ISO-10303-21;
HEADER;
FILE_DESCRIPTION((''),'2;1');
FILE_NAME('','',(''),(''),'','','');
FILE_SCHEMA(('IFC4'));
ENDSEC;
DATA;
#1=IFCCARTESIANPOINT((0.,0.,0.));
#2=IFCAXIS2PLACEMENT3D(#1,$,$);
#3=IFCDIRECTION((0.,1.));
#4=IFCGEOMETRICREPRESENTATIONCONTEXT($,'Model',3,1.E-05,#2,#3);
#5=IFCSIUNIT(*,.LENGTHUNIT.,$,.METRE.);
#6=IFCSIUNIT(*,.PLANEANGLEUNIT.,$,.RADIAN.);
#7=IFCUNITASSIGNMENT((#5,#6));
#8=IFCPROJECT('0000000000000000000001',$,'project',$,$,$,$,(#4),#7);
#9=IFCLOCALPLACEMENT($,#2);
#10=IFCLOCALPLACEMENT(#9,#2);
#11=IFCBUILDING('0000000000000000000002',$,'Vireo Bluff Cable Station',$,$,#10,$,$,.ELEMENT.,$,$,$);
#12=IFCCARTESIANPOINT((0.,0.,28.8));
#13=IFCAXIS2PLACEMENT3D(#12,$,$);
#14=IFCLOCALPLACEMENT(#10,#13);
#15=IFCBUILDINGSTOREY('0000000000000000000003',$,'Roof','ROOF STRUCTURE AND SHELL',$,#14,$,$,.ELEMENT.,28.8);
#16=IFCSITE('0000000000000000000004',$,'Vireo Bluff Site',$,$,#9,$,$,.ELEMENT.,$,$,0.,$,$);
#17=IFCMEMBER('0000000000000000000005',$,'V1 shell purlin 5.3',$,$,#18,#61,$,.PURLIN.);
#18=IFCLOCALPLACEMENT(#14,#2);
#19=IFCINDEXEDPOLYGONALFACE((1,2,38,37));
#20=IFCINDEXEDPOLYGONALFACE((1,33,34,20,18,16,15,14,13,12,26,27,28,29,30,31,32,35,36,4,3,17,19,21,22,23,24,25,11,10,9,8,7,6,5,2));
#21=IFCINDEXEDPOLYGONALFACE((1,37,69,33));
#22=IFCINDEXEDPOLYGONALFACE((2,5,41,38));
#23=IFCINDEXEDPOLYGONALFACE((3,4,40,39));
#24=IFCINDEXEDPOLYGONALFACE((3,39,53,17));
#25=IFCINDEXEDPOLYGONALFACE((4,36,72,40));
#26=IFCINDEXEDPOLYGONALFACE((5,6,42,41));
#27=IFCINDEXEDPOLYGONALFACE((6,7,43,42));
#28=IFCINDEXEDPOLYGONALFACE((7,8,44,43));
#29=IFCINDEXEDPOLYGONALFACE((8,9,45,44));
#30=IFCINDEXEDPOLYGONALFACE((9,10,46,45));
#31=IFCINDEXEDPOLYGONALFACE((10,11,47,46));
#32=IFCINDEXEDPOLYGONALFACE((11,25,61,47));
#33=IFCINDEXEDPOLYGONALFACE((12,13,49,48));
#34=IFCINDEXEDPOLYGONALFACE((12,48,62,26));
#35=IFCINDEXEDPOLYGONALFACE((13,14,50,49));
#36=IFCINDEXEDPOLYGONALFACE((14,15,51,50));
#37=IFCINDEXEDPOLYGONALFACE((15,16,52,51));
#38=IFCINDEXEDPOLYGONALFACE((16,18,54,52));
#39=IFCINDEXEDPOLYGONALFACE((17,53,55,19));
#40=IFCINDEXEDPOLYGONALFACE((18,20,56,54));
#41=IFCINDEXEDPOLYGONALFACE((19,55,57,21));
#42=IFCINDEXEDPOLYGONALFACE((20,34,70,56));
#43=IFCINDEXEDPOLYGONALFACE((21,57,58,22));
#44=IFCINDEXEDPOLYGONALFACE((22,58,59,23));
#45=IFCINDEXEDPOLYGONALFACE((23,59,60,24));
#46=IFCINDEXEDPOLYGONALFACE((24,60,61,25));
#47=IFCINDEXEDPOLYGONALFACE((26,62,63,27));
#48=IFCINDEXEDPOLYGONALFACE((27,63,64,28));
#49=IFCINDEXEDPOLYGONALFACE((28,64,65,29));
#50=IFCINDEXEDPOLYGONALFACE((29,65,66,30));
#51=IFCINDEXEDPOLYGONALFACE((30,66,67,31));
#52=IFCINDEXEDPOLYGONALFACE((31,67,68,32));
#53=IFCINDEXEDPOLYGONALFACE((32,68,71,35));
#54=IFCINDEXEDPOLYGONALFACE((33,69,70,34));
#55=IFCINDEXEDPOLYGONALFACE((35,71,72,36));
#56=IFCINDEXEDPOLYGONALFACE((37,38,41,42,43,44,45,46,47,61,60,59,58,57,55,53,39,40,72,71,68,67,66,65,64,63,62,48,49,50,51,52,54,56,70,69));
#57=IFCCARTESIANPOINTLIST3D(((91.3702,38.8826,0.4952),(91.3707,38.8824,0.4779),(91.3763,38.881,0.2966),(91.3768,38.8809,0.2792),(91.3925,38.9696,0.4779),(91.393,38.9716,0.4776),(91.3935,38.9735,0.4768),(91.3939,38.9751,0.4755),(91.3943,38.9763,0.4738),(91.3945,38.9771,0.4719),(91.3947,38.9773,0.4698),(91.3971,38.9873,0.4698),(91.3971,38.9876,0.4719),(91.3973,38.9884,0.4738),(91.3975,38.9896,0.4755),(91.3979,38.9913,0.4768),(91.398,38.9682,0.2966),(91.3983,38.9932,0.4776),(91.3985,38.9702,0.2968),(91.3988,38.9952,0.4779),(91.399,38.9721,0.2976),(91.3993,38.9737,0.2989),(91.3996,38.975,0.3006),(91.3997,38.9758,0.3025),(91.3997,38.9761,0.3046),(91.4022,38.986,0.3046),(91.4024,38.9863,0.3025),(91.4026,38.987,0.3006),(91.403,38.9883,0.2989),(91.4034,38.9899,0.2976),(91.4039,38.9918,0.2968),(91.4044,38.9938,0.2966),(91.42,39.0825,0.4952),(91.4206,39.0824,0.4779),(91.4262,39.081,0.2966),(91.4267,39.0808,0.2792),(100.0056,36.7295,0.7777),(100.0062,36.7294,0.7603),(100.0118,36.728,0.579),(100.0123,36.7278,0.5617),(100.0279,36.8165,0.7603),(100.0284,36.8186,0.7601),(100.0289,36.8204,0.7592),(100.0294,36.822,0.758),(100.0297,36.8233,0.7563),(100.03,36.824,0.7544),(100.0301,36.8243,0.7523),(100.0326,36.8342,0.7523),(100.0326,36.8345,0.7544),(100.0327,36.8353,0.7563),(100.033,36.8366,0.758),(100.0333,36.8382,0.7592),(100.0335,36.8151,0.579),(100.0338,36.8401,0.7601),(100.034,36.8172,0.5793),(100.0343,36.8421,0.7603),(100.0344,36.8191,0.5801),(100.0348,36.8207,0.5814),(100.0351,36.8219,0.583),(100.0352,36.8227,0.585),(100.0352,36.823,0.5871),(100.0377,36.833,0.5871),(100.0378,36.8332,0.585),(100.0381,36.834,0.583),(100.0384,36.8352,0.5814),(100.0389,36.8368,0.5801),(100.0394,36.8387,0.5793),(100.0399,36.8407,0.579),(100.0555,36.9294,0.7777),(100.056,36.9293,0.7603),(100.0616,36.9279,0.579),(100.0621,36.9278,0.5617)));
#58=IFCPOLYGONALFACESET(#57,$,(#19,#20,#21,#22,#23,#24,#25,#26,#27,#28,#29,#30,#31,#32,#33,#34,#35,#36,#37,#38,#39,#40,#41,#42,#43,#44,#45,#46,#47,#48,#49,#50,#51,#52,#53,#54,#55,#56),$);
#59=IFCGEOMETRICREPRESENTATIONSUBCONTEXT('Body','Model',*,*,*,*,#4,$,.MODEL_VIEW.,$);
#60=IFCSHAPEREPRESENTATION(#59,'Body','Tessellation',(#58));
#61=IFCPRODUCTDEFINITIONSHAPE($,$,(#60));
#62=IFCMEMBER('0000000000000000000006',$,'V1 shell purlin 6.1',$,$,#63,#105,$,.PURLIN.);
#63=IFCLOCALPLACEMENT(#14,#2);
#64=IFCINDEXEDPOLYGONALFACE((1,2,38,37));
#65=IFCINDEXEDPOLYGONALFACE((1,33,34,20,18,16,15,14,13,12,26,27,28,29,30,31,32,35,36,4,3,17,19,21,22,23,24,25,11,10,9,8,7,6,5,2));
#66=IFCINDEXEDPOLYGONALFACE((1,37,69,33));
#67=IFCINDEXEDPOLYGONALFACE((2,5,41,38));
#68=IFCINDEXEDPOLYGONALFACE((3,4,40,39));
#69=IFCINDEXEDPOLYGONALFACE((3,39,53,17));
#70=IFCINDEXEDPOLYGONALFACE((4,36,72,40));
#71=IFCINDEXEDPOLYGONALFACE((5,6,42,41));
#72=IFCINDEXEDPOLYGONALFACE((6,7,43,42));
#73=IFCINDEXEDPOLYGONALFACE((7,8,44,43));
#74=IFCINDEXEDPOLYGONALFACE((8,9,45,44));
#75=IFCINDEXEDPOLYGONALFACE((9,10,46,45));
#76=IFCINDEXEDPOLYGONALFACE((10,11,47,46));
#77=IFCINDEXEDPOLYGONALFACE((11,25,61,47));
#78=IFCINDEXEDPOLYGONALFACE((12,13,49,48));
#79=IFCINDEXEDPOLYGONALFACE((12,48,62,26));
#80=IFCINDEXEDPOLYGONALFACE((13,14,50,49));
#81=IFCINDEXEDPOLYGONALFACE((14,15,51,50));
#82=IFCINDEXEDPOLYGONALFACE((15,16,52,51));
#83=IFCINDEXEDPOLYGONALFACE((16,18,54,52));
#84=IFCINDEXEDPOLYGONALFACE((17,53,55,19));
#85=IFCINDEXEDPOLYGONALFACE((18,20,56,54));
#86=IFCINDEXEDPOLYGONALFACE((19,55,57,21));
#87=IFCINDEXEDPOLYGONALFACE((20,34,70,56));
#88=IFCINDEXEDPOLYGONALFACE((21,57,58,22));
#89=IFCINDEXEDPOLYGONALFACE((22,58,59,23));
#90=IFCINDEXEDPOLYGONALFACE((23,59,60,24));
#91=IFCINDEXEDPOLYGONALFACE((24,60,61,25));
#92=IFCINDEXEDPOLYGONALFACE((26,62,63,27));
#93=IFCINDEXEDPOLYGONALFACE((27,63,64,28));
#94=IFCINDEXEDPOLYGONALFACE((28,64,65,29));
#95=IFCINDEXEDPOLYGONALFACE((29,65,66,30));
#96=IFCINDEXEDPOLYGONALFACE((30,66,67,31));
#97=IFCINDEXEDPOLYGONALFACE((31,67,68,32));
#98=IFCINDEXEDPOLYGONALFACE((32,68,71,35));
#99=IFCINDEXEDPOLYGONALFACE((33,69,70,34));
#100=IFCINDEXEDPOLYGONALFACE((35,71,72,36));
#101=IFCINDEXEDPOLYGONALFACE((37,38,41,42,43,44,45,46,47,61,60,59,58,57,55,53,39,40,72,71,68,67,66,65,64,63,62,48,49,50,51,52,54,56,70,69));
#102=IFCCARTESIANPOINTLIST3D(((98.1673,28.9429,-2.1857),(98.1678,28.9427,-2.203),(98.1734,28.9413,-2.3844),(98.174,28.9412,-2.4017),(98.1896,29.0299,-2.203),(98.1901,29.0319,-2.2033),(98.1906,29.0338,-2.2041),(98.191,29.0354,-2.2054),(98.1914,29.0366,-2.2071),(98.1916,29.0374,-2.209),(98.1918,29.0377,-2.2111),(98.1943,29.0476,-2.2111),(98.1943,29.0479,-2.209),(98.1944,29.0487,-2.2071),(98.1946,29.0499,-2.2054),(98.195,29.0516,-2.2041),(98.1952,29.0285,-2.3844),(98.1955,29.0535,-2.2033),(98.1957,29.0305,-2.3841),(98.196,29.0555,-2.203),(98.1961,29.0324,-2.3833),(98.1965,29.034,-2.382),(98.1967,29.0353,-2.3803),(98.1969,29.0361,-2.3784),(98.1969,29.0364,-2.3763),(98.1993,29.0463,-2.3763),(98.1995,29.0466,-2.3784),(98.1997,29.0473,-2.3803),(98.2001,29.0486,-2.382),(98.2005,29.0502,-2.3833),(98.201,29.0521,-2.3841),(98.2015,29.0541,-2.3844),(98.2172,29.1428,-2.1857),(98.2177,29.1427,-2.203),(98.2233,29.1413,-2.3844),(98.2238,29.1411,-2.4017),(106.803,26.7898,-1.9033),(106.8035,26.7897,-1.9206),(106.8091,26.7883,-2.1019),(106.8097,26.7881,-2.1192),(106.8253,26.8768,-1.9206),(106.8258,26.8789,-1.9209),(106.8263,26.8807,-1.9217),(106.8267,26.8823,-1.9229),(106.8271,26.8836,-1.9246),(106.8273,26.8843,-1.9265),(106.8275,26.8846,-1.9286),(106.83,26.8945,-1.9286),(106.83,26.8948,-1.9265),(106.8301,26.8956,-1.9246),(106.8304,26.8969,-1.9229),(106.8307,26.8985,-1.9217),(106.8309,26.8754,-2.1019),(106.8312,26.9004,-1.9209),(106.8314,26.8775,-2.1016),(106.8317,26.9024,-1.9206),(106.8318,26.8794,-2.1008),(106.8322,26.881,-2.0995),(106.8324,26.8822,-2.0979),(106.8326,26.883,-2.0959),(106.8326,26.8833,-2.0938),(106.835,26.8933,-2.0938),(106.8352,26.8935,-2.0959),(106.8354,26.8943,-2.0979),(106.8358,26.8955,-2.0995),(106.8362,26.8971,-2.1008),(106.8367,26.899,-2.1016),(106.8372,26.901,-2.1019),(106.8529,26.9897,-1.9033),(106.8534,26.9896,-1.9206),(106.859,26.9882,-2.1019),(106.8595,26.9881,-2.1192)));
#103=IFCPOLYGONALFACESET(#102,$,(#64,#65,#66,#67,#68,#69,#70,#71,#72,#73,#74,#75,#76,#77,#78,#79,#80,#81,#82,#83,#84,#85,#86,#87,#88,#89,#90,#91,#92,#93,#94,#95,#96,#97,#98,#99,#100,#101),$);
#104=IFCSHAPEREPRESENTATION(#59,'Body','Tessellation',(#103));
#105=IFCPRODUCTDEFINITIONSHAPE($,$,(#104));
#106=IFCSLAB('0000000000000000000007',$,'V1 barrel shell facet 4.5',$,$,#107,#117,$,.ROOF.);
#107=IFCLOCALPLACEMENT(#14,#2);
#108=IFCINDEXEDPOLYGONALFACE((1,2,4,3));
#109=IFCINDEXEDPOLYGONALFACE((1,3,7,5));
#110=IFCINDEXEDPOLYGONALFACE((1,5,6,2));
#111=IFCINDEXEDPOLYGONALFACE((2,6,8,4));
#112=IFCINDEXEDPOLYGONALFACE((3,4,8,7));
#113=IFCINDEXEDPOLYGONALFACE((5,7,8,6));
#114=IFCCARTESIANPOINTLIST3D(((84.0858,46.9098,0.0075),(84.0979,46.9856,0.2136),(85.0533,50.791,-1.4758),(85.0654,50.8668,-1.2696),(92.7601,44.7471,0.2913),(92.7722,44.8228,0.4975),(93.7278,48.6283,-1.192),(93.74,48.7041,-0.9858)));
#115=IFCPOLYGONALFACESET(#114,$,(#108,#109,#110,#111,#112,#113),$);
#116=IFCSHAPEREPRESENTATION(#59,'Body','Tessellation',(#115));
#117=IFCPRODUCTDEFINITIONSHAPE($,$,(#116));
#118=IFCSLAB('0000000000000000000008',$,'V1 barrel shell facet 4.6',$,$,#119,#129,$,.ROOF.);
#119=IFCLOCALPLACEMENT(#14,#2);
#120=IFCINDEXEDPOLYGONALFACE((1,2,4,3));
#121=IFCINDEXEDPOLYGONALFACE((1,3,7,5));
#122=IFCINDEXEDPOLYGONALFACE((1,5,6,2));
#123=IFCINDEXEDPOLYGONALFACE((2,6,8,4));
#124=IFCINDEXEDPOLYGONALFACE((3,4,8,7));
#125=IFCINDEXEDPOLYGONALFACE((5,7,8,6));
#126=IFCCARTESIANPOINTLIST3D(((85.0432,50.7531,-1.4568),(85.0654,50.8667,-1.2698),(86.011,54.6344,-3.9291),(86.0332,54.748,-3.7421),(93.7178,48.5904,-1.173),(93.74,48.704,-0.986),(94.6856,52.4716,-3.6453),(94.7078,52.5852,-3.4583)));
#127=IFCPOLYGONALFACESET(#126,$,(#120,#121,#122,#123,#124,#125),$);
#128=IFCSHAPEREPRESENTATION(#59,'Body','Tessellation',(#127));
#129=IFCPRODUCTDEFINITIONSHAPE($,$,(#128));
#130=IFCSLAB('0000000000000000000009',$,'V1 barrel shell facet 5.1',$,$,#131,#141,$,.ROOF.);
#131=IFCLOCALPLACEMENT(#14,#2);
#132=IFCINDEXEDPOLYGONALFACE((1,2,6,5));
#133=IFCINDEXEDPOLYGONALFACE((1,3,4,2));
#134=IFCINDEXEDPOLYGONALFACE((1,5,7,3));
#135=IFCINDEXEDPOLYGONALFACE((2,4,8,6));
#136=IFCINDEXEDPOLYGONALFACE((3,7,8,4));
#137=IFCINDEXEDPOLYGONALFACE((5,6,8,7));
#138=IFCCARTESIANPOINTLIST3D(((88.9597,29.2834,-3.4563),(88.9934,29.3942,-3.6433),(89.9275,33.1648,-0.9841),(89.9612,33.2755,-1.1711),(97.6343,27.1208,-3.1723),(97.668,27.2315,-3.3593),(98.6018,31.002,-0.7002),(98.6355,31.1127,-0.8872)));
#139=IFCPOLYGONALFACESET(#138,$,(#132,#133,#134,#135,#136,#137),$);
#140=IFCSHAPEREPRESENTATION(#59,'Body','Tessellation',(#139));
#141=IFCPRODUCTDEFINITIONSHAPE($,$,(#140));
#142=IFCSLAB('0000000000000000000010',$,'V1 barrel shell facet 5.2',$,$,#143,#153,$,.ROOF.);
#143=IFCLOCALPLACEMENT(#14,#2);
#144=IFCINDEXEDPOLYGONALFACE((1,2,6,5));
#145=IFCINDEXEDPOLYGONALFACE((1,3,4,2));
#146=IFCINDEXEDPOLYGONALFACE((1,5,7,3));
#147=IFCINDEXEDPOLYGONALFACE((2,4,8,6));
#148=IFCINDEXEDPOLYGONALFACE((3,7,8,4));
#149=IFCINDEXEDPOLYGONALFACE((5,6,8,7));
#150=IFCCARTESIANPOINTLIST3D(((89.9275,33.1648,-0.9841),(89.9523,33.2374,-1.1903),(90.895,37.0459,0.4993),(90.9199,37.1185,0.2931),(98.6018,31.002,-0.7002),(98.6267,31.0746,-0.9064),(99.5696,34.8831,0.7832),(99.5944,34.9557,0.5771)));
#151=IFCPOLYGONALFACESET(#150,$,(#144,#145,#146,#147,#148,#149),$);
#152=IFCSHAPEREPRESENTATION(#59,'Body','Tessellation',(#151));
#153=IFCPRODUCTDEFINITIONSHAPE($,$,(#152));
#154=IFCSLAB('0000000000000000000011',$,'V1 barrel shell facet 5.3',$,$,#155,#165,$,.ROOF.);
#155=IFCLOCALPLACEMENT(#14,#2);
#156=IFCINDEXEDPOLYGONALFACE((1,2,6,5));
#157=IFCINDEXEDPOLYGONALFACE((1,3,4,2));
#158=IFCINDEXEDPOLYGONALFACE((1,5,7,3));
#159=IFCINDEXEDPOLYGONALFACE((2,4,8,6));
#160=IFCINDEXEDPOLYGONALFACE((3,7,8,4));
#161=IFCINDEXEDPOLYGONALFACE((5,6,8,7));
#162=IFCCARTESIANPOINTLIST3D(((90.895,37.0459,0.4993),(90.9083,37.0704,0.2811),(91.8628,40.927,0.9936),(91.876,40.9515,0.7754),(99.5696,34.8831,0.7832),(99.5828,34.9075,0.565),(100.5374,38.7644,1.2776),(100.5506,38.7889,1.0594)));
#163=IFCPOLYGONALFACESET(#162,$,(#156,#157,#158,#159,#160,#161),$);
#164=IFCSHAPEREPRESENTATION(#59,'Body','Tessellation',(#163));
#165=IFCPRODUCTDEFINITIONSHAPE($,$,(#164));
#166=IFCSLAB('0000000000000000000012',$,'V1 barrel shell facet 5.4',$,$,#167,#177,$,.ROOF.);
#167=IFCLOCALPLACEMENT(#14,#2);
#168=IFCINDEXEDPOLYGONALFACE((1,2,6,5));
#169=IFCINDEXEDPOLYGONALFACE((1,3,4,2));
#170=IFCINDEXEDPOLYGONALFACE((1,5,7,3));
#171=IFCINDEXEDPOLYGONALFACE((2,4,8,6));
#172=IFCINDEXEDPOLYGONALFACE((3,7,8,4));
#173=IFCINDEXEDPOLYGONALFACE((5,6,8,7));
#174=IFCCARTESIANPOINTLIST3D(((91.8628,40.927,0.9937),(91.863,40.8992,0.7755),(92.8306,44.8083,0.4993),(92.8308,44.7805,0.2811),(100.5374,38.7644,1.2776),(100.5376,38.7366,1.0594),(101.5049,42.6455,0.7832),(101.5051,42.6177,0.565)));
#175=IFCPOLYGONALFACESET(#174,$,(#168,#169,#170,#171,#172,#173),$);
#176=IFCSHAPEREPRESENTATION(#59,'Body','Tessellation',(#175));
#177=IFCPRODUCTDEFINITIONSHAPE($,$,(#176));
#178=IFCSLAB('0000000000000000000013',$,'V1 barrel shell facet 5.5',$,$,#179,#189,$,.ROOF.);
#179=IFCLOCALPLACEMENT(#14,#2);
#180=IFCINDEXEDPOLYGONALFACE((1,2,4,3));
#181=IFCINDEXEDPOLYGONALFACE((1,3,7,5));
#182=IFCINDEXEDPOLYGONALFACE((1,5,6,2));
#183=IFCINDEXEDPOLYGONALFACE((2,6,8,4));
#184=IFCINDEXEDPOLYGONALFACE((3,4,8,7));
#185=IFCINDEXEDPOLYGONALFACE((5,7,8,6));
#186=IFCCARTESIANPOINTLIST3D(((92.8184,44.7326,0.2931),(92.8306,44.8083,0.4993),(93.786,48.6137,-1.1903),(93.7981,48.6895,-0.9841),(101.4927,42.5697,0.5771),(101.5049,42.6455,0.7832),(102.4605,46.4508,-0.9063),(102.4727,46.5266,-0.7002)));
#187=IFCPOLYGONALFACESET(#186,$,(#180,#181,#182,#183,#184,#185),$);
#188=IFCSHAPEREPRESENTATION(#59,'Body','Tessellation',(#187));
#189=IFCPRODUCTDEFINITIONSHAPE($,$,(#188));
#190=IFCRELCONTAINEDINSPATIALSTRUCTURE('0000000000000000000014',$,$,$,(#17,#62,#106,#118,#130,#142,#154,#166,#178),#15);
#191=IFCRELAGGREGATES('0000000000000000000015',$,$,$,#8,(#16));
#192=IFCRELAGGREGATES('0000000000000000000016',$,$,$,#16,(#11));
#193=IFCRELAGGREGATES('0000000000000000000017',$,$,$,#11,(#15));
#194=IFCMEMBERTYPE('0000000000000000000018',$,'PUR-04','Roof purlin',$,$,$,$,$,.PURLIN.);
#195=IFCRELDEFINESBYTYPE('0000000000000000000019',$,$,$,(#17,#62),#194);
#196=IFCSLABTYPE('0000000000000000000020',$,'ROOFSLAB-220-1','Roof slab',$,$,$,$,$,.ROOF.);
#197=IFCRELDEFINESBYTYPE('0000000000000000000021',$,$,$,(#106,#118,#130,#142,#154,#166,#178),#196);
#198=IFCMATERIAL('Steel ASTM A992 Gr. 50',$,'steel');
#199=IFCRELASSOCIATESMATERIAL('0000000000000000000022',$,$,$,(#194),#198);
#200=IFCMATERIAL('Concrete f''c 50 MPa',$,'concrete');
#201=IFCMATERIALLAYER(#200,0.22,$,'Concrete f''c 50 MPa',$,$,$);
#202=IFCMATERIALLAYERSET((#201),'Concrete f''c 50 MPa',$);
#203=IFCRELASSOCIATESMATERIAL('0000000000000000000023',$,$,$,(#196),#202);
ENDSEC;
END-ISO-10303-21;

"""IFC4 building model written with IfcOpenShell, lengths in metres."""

from ifc_helpers import new_model, si_unit, direction, frame, origin, origin_2d, place, context, subcontext, project, spatial, polyline, i_section, outline, extrude, material, layer, layer_set, material_profile, profile_set, type_object, element, save


model = new_model("IFC4")

# Units and contexts
model_context = context("Model", 3, precision=1e-05, world=origin(), true_north=direction((0.0, 1.0)))
body_context = subcontext(model_context, "Body", "Model", "MODEL_VIEW")
ifc_project = project(units=[si_unit("LENGTHUNIT", "METRE"), si_unit("PLANEANGLEUNIT", "RADIAN")], contexts=[model_context])

# Site, building, storey
site_placement = place(None, origin())
site = spatial("IfcSite", under=ifc_project, at=site_placement, Name="Vireo Bluff Site", CompositionType="ELEMENT", RefElevation=0.0)
building_placement = place(site_placement, origin())
building = spatial("IfcBuilding", under=site, at=building_placement, Name="Vireo Bluff Cable Station", CompositionType="ELEMENT")
storey_placement = place(building_placement, frame((0.0, 0.0, 28.8)))
storey = spatial("IfcBuildingStorey", under=building, at=storey_placement, Name="Roof", Description="ROOF STRUCTURE AND SHELL", CompositionType="ELEMENT", Elevation=28.8)

# Members
ifc_material_1 = material(Name="Steel ASTM A992 Gr. 50", Category="steel")
ifc_material_profile_1 = material_profile(ifc_material_1, i_section(OverallWidth=0.2061, OverallDepth=0.2161, WebThickness=0.0103, FlangeThickness=0.0173, FilletRadius=0.0081, at=origin_2d()), Name="W8X48")
ifc_profile_set_1 = profile_set([ifc_material_profile_1], Name="Steel ASTM A992 Gr. 50")
member_type_1 = type_object("IfcMemberType", Name="PUR-04", Description="Roof purlin", PredefinedType="PURLIN", material=ifc_profile_set_1)
member_1_placement = place(storey_placement, frame((91.3984, 38.9817, 0.3872), z_axis=(0.969807, -0.241801, 0.031723), x_axis=(0.241922, 0.970296, 0.0)))
element("IfcMember", 1, at=member_1_placement, inside=storey, type_object=member_type_1, Name="V1 shell purlin 5.3", PredefinedType="PURLIN", context=body_context, shape_type="SweptSolid", body=[
    extrude(i_section(OverallWidth=0.2061, OverallDepth=0.2161, WebThickness=0.0103, FlangeThickness=0.0173, FilletRadius=0.0081, at=origin_2d()), origin(), (0.0, 0.0, 1.0), 8.9043),
])
member_2_placement = place(storey_placement, frame((98.1956, 29.042, -2.2937), z_axis=(0.969809, -0.241794, 0.031722), x_axis=(0.241916, 0.970297, 0.0)))
element("IfcMember", 2, at=member_2_placement, inside=storey, type_object=member_type_1, Name="V1 shell purlin 6.1", PredefinedType="PURLIN", context=body_context, shape_type="SweptSolid", body=[
    extrude(i_section(OverallWidth=0.2061, OverallDepth=0.2161, WebThickness=0.0103, FlangeThickness=0.0173, FilletRadius=0.0081, at=origin_2d()), origin(), (0.0, 0.0, 1.0), 8.9045),
])

# Slabs
ifc_material_2 = material(Name="Concrete f'c 50 MPa", Category="concrete")
ifc_layer_1 = layer(ifc_material_2, 0.22, Name="Concrete f'c 50 MPa")
ifc_layer_set_1 = layer_set([ifc_layer_1], Name="Concrete f'c 50 MPa")
slab_type = type_object("IfcSlabType", Name="ROOFSLAB-220-1", Description="Roof slab", PredefinedType="ROOF", material=ifc_layer_set_1)
slab_1_placement = place(storey_placement, frame((84.0979, 46.9856, 0.2136), z_axis=(0.055203, 0.344403, 0.937198), x_axis=(0.969806, -0.241804, 0.031734)))
element("IfcSlab", 3, at=slab_1_placement, inside=storey, type_object=slab_type, Name="V1 barrel shell facet 4.5", PredefinedType="ROOF", context=body_context, shape_type="SweptSolid", body=[
    extrude(outline(polyline([(0.0, 0.0), (8.9444, 0.0), (8.8974, 4.266), (-0.0472, 4.2658), (0.0, 0.0)])), origin(), (0.0, 0.0, -1.0), 0.22),
])
slab_2_placement = place(storey_placement, frame((85.0654, 50.8667, -1.2698), z_axis=(0.100946, 0.516478, 0.850329), x_axis=(0.96981, -0.241787, 0.031728)))
element("IfcSlab", 4, at=slab_2_placement, inside=storey, type_object=slab_type, Name="V1 barrel shell facet 4.6", PredefinedType="ROOF", context=body_context, shape_type="SweptSolid", body=[
    extrude(outline(polyline([(0.0, 0.0), (8.9446, 0.0), (8.8663, 4.7017), (-0.0783, 4.7018), (0.0, 0.0)])), origin(), (0.0, 0.0, -1.0), 0.22),
])
slab_3_placement = place(storey_placement, frame((88.9597, 29.2834, -3.4563), z_axis=(-0.153341, -0.503398, 0.850339), x_axis=(0.969811, -0.241782, 0.031751)))
element("IfcSlab", 5, at=slab_3_placement, inside=storey, type_object=slab_type, Name="V1 barrel shell facet 5.1", PredefinedType="ROOF", context=body_context, shape_type="SweptSolid", body=[
    extrude(outline(polyline([(0.0, 0.0), (8.9446, 0.0), (9.023, 4.7015), (0.0786, 4.7018), (0.0, 0.0)])), origin(), (0.0, 0.0, -1.0), 0.22),
])
slab_4_placement = place(storey_placement, frame((89.9275, 33.1648, -0.9841), z_axis=(-0.112966, -0.330037, 0.937184), x_axis=(0.969804, -0.241809, 0.031743)))
element("IfcSlab", 6, at=slab_4_placement, inside=storey, type_object=slab_type, Name="V1 barrel shell facet 5.2", PredefinedType="ROOF", context=body_context, shape_type="SweptSolid", body=[
    extrude(outline(polyline([(0.0, 0.0), (8.9444, 0.0), (8.9916, 4.2659), (0.0469, 4.2658), (0.0, 0.0)])), origin(), (0.0, 0.0, -1.0), 0.22),
])
slab_5_placement = place(storey_placement, frame((90.895, 37.0459, 0.4993), z_axis=(-0.060227, -0.111336, 0.991956), x_axis=(0.969806, -0.241803, 0.031742)))
element("IfcSlab", 7, at=slab_5_placement, inside=storey, type_object=slab_type, Name="V1 barrel shell facet 5.3", PredefinedType="ROOF", context=body_context, shape_type="SweptSolid", body=[
    extrude(outline(polyline([(0.0, 0.0), (8.9446, 0.0), (8.9604, 4.0306), (0.0158, 4.0303), (0.0, 0.0)])), origin(), (0.0, 0.0, -1.0), 0.22),
])
slab_6_placement = place(storey_placement, frame((91.8628, 40.927, 0.9937), z_axis=(-0.00091, 0.126581, 0.991956), x_axis=(0.969812, -0.241778, 0.031742)))
element("IfcSlab", 8, at=slab_6_placement, inside=storey, type_object=slab_type, Name="V1 barrel shell facet 5.4", PredefinedType="ROOF", context=body_context, shape_type="SweptSolid", body=[
    extrude(outline(polyline([(0.0, 0.0), (8.9446, 0.0), (8.9288, 4.0303), (-0.0156, 4.0306), (0.0, 0.0)])), origin(), (0.0, 0.0, -1.0), 0.22),
])
slab_7_placement = place(storey_placement, frame((92.8306, 44.8083, 0.4993), z_axis=(0.055204, 0.344438, 0.937185), x_axis=(0.969804, -0.241809, 0.031745)))
element("IfcSlab", 9, at=slab_7_placement, inside=storey, type_object=slab_type, Name="V1 barrel shell facet 5.5", PredefinedType="ROOF", context=body_context, shape_type="SweptSolid", body=[
    extrude(outline(polyline([(0.0, 0.0), (8.9444, 0.0), (8.8974, 4.2659), (-0.0473, 4.2658), (0.0, 0.0)])), origin(), (0.0, 0.0, -1.0), 0.22),
])

save(model, "model.ifc")
